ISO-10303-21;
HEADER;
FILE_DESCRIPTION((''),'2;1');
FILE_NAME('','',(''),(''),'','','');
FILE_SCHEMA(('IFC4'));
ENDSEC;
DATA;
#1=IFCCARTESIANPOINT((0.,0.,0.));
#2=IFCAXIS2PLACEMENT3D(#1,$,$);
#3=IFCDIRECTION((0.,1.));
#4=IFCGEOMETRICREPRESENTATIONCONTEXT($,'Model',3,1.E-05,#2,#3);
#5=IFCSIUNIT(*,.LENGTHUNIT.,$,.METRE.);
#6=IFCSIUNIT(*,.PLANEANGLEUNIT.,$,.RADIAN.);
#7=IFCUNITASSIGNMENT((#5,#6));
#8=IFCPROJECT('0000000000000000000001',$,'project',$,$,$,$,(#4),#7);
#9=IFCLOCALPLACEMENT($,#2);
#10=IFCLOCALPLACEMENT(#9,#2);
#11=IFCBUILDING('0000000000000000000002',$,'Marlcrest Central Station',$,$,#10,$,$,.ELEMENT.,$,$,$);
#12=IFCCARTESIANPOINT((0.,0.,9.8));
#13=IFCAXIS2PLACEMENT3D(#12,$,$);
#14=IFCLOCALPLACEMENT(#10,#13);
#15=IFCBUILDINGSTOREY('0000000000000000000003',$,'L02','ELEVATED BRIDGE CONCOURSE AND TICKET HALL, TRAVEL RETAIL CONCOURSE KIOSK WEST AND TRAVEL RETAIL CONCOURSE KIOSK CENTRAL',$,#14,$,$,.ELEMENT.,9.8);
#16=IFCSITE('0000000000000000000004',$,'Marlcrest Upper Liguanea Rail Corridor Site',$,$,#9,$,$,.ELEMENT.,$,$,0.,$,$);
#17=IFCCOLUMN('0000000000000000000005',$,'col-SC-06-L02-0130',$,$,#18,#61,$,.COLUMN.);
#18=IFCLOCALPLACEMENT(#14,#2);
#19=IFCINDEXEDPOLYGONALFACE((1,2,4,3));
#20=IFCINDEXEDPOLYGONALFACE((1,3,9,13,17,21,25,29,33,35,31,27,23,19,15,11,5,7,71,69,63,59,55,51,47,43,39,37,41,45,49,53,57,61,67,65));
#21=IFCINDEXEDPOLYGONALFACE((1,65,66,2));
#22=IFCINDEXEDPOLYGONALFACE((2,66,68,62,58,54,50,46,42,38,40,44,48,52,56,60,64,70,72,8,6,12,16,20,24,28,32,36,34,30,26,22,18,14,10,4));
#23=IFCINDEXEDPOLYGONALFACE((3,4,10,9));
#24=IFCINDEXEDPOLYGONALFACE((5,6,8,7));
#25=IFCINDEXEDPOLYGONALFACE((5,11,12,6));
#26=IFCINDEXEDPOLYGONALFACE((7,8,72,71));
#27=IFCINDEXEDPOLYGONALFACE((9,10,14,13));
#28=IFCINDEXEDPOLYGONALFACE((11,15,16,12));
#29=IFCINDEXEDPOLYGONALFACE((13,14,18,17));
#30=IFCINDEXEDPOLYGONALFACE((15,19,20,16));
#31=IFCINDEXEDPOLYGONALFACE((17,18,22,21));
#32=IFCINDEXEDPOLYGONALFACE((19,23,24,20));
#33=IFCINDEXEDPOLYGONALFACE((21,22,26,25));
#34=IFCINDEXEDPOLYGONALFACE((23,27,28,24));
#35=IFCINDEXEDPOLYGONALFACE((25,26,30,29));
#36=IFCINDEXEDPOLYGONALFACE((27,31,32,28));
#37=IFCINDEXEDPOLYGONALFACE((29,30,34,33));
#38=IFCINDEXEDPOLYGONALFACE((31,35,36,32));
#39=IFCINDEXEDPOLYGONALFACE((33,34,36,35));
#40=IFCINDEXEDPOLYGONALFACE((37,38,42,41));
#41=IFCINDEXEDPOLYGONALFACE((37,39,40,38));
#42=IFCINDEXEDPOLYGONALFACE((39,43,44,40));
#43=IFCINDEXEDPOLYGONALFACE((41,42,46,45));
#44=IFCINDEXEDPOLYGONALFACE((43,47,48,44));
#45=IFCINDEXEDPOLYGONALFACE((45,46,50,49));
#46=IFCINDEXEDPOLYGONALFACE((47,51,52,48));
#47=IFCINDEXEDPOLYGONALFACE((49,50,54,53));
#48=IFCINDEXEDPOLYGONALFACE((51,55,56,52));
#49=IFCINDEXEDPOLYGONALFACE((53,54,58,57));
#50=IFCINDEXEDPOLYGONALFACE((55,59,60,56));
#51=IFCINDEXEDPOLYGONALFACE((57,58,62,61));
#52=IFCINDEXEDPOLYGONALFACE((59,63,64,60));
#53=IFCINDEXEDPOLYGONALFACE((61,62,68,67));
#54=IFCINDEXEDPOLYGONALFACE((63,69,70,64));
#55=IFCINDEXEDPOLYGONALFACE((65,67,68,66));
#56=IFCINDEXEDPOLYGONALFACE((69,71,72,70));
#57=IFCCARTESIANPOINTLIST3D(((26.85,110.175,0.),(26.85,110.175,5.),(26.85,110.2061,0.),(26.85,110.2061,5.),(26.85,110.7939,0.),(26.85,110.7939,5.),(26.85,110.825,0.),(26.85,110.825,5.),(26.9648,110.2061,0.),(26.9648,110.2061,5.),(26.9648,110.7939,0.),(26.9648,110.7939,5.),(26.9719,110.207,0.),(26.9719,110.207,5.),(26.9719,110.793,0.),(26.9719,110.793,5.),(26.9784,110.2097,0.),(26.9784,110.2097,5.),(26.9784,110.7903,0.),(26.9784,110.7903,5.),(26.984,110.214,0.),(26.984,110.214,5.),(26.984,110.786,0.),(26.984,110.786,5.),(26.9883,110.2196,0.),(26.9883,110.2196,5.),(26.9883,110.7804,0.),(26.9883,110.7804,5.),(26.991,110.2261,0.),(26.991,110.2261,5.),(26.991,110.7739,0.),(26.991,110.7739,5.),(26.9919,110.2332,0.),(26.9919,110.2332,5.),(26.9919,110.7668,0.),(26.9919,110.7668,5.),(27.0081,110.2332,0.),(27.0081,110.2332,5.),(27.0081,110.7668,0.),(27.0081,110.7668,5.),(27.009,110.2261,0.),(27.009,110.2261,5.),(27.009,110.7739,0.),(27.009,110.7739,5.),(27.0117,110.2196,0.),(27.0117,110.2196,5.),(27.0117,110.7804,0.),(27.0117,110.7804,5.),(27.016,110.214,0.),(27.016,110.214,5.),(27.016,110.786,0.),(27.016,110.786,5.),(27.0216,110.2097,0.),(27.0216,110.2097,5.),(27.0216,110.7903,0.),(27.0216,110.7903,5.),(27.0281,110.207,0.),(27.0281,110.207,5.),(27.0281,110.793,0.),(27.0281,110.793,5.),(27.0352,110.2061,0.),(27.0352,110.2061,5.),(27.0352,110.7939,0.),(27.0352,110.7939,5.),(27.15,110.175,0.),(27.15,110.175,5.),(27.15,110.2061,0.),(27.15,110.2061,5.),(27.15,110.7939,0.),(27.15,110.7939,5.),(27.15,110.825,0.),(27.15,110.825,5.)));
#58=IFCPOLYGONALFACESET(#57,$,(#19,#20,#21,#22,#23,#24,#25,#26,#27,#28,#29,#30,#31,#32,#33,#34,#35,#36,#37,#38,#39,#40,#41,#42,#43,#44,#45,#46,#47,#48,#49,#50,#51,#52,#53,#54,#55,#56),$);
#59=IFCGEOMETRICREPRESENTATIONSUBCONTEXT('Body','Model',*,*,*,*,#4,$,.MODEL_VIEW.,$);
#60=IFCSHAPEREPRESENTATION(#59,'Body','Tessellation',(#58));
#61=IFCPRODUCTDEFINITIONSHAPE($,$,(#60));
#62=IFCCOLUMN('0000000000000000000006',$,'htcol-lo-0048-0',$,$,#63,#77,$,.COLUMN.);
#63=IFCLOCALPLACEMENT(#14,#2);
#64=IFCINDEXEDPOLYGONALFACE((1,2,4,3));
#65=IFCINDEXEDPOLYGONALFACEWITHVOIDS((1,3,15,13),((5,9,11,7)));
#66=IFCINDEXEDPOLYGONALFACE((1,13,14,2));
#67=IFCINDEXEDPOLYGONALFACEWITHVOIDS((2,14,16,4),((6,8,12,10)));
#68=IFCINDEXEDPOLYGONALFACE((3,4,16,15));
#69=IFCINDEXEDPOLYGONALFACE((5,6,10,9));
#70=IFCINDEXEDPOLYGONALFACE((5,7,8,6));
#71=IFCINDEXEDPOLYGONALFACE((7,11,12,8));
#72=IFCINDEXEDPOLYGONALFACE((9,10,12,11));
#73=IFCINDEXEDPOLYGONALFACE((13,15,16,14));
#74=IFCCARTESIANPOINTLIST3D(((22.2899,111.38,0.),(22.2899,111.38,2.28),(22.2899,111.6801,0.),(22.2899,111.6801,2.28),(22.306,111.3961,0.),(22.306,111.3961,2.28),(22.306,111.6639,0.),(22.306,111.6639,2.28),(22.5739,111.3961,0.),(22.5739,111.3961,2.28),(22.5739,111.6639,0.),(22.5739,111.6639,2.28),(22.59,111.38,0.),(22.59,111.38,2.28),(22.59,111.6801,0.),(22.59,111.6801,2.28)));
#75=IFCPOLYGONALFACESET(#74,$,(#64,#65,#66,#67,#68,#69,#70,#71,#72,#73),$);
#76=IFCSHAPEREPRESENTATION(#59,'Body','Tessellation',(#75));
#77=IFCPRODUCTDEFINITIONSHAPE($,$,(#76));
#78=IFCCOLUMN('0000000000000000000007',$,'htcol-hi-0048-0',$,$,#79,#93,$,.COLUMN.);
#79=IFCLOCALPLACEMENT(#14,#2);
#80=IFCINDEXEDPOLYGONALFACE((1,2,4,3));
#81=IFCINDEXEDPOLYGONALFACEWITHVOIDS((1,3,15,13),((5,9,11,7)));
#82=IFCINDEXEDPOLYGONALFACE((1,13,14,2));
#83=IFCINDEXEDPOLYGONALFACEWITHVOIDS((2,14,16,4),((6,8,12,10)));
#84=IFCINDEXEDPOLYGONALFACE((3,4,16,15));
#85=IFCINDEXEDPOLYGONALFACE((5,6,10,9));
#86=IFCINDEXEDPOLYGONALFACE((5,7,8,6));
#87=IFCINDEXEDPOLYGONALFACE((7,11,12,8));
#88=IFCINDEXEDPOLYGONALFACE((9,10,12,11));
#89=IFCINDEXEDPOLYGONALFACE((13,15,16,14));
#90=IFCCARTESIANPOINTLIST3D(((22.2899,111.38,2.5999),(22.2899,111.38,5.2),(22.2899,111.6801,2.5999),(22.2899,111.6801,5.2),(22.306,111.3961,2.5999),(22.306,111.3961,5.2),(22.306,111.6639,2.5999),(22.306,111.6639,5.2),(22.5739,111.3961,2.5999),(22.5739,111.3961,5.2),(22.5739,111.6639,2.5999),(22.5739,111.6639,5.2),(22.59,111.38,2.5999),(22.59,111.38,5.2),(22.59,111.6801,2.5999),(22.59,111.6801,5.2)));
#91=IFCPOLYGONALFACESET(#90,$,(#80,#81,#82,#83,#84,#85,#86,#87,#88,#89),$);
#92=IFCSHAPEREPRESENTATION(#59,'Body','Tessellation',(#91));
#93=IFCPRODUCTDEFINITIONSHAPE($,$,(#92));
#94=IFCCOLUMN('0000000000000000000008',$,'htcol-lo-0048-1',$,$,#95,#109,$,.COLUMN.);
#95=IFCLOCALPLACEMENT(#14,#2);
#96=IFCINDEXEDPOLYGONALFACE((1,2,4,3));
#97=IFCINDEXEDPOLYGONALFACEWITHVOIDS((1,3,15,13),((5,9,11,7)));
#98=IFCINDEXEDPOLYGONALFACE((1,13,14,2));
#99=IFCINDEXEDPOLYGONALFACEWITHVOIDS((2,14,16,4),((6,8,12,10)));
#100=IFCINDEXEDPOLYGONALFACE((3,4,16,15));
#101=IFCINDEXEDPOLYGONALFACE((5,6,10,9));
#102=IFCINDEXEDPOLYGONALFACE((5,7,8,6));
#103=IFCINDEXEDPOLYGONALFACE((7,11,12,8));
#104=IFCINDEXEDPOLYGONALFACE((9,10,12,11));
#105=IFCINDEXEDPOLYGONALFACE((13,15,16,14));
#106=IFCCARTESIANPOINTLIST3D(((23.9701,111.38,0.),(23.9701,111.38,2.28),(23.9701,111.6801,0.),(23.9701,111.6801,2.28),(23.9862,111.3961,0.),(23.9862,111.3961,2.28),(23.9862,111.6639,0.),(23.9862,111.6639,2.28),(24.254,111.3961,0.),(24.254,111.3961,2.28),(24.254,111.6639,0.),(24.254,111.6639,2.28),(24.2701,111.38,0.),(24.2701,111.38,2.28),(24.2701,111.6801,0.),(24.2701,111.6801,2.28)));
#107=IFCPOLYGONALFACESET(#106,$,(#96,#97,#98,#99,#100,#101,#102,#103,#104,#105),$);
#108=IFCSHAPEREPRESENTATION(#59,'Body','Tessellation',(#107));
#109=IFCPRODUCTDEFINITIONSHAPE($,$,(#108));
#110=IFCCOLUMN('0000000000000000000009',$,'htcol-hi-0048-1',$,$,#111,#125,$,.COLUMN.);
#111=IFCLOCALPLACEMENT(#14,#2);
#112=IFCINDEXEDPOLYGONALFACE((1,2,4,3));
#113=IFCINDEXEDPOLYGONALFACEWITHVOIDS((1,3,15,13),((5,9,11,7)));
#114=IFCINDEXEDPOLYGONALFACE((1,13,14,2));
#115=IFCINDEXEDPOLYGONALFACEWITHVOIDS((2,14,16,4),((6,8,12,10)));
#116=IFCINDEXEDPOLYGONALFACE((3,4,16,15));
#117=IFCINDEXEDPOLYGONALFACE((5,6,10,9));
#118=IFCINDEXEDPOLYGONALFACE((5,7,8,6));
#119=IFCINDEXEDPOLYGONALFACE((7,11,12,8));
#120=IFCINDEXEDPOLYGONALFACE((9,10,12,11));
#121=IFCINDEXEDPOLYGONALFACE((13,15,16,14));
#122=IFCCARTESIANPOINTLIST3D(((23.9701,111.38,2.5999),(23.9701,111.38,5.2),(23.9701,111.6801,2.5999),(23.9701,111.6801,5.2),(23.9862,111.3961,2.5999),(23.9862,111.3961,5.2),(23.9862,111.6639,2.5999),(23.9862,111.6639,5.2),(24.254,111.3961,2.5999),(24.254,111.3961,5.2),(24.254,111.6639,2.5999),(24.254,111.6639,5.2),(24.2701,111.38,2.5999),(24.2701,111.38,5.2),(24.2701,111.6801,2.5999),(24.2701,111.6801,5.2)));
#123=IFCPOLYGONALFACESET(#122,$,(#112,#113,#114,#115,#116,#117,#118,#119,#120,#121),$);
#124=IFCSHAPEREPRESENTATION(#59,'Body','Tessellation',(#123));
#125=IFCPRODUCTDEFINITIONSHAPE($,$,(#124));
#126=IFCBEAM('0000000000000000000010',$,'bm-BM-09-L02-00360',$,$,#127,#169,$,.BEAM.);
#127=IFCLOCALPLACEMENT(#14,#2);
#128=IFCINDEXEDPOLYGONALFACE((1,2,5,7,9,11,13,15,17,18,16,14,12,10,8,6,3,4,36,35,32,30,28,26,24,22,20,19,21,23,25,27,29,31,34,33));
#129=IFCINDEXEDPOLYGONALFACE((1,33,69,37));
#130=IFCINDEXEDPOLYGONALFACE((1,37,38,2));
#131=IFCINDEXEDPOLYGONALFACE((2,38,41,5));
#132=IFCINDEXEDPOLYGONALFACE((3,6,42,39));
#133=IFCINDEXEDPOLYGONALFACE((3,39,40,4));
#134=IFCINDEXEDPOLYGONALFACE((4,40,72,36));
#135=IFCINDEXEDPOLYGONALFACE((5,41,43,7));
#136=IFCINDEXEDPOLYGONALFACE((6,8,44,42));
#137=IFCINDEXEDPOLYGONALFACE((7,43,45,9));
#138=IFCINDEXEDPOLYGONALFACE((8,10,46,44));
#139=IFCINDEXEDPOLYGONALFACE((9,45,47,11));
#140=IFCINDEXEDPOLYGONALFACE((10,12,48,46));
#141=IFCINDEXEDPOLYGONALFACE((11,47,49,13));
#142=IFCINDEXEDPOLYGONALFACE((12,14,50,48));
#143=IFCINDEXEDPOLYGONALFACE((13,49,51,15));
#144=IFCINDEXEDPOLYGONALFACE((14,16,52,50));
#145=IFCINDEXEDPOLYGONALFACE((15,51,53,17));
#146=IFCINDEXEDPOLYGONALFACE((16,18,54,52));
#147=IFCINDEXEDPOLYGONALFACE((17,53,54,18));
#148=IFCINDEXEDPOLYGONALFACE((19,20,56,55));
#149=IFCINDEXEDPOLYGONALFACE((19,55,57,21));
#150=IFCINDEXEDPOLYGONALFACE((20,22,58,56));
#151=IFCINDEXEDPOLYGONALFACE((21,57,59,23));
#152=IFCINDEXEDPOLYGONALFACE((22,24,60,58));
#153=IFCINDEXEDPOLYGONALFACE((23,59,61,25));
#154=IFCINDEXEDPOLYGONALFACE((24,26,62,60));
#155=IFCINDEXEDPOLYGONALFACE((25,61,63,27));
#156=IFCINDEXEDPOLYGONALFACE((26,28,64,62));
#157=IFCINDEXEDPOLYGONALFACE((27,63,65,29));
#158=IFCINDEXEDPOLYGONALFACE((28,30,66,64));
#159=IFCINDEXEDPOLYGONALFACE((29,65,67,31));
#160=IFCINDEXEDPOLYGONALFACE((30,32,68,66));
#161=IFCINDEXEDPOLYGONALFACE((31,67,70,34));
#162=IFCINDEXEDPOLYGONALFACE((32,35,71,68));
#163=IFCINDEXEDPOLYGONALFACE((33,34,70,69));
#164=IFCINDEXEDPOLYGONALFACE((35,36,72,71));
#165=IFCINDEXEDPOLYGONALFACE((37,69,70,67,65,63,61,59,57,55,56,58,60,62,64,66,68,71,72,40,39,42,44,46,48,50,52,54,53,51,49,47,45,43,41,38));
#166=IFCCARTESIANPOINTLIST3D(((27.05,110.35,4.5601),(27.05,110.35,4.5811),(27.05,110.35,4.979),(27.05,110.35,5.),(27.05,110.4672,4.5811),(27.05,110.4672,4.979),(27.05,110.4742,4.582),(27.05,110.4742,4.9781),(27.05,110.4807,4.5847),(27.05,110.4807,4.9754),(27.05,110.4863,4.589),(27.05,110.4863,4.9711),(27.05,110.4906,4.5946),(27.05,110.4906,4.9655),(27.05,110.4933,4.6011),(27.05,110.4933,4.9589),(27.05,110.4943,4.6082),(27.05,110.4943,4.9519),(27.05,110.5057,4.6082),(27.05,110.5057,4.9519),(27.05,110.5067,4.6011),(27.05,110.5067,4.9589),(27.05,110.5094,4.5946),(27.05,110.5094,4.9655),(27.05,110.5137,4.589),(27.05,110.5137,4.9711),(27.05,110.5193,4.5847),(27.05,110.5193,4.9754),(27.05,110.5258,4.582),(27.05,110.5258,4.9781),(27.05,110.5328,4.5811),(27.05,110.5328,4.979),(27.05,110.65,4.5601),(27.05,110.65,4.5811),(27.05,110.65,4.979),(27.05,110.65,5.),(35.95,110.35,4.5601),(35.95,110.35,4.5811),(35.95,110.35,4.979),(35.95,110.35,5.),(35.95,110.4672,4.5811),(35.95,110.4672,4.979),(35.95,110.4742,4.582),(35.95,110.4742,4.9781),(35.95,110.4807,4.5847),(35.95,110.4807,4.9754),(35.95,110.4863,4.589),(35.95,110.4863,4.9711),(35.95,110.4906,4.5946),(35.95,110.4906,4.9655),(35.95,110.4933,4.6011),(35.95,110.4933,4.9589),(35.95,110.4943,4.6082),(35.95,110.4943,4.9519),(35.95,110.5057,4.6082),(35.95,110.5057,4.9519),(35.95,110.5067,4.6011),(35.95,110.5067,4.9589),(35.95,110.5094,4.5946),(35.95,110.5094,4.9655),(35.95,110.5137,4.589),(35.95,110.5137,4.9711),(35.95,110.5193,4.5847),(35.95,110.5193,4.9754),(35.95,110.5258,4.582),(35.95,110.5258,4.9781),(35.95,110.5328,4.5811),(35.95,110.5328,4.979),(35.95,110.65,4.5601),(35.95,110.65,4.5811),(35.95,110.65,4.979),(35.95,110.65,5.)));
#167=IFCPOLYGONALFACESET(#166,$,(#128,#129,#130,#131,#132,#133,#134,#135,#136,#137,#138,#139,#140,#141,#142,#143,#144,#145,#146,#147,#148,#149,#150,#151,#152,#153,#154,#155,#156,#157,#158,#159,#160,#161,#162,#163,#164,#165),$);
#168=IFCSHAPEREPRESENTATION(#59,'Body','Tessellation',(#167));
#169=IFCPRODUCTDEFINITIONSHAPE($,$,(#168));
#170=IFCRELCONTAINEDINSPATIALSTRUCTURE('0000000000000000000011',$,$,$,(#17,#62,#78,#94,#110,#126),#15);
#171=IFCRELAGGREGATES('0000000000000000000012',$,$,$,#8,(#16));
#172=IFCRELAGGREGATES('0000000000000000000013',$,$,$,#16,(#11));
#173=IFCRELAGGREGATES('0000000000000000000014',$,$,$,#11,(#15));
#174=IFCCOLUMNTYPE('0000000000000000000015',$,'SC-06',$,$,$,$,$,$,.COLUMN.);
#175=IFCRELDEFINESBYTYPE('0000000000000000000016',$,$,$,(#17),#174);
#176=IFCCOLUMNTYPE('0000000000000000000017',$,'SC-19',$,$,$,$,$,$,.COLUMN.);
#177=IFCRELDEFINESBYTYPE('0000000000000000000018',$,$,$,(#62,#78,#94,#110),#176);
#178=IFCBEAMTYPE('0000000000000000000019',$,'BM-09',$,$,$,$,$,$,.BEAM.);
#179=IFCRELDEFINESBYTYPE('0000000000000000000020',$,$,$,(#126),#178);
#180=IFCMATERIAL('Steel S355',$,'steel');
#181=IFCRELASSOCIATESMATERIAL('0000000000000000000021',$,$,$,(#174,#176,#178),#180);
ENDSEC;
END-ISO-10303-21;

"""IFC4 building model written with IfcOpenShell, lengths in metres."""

from ifc_helpers import new_model, si_unit, direction, frame, origin, origin_2d, place, context, subcontext, project, spatial, hollow_rectangle, i_section, extrude, material, material_profile, profile_set, type_object, element, save


model = new_model("IFC4")

# Units and contexts
model_context = context("Model", 3, precision=1e-05, world=origin(), true_north=direction((0.0, 1.0)))
body_context = subcontext(model_context, "Body", "Model", "MODEL_VIEW")
ifc_project = project(units=[si_unit("LENGTHUNIT", "METRE"), si_unit("PLANEANGLEUNIT", "RADIAN")], contexts=[model_context])

# Site, building, storey
site_placement = place(None, origin())
site = spatial("IfcSite", under=ifc_project, at=site_placement, Name="Marlcrest Upper Liguanea Rail Corridor Site", CompositionType="ELEMENT", RefElevation=0.0)
building_placement = place(site_placement, origin())
building = spatial("IfcBuilding", under=site, at=building_placement, Name="Marlcrest Central Station", CompositionType="ELEMENT")
storey_placement = place(building_placement, frame((0.0, 0.0, 9.8)))
storey = spatial("IfcBuildingStorey", under=building, at=storey_placement, Name="L02", Description="ELEVATED BRIDGE CONCOURSE AND TICKET HALL, TRAVEL RETAIL CONCOURSE KIOSK WEST AND TRAVEL RETAIL CONCOURSE KIOSK CENTRAL", CompositionType="ELEMENT", Elevation=9.8)

# Columns
ifc_material_1 = material(Name="Steel S355", Category="steel")
ifc_material_profile_1 = material_profile(ifc_material_1, i_section(OverallWidth=0.3, OverallDepth=0.6499, WebThickness=0.0161, FlangeThickness=0.031, FilletRadius=0.0271, at=origin_2d()), Name="HEB 650")
ifc_profile_set_1 = profile_set([ifc_material_profile_1], Name="Steel S355")
column_type_1 = type_object("IfcColumnType", Name="SC-06", PredefinedType="COLUMN", material=ifc_profile_set_1)
column_1_placement = place(storey_placement, frame((27.0, 110.5, 0.0), z_axis=(0.0, 0.0, 1.0), x_axis=(1.0, 0.0, 0.0)))
element("IfcColumn", 1, at=column_1_placement, inside=storey, type_object=column_type_1, Name="col-SC-06-L02-0130", PredefinedType="COLUMN", context=body_context, shape_type="SweptSolid", body=[
    extrude(i_section(OverallWidth=0.3, OverallDepth=0.6499, WebThickness=0.0161, FlangeThickness=0.031, FilletRadius=0.0271, at=origin_2d()), origin(), (0.0, 0.0, 1.0), 5.0),
])
ifc_material_profile_2 = material_profile(ifc_material_1, hollow_rectangle(XDim=0.3, YDim=0.3, WallThickness=0.0161, at=origin_2d()), Name="SHS 300x300x16")
ifc_profile_set_2 = profile_set([ifc_material_profile_2], Name="Steel S355")
column_type_2 = type_object("IfcColumnType", Name="SC-19", PredefinedType="COLUMN", material=ifc_profile_set_2)
column_2_placement = place(storey_placement, frame((22.4399, 111.53, 0.0), z_axis=(0.0, 0.0, 1.0), x_axis=(1.0, 0.0, 0.0)))
element("IfcColumn", 2, at=column_2_placement, inside=storey, type_object=column_type_2, Name="htcol-lo-0048-0", PredefinedType="COLUMN", context=body_context, shape_type="SweptSolid", body=[
    extrude(hollow_rectangle(XDim=0.3, YDim=0.3, WallThickness=0.0161, at=origin_2d()), origin(), (0.0, 0.0, 1.0), 2.28),
])
column_3_placement = place(storey_placement, frame((22.4399, 111.53, 2.5999), z_axis=(0.0, 0.0, 1.0), x_axis=(1.0, 0.0, 0.0)))
element("IfcColumn", 3, at=column_3_placement, inside=storey, type_object=column_type_2, Name="htcol-hi-0048-0", PredefinedType="COLUMN", context=body_context, shape_type="SweptSolid", body=[
    extrude(hollow_rectangle(XDim=0.3, YDim=0.3, WallThickness=0.0161, at=origin_2d()), origin(), (0.0, 0.0, 1.0), 2.6001),
])
column_4_placement = place(storey_placement, frame((24.1201, 111.53, 0.0), z_axis=(0.0, 0.0, 1.0), x_axis=(1.0, 0.0, 0.0)))
element("IfcColumn", 4, at=column_4_placement, inside=storey, type_object=column_type_2, Name="htcol-lo-0048-1", PredefinedType="COLUMN", context=body_context, shape_type="SweptSolid", body=[
    extrude(hollow_rectangle(XDim=0.3, YDim=0.3, WallThickness=0.0161, at=origin_2d()), origin(), (0.0, 0.0, 1.0), 2.28),
])
column_5_placement = place(storey_placement, frame((24.1201, 111.53, 2.5999), z_axis=(0.0, 0.0, 1.0), x_axis=(1.0, 0.0, 0.0)))
element("IfcColumn", 5, at=column_5_placement, inside=storey, type_object=column_type_2, Name="htcol-hi-0048-1", PredefinedType="COLUMN", context=body_context, shape_type="SweptSolid", body=[
    extrude(hollow_rectangle(XDim=0.3, YDim=0.3, WallThickness=0.0161, at=origin_2d()), origin(), (0.0, 0.0, 1.0), 2.6001),
])

# Beam
ifc_material_profile_3 = material_profile(ifc_material_1, i_section(OverallWidth=0.3, OverallDepth=0.4399, WebThickness=0.0115, FlangeThickness=0.021, FilletRadius=0.0271, at=origin_2d()), Name="HEA 450")
ifc_profile_set_3 = profile_set([ifc_material_profile_3], Name="Steel S355")
beam_type_1 = type_object("IfcBeamType", Name="BM-09", PredefinedType="BEAM", material=ifc_profile_set_3)
beam_1_placement = place(storey_placement, frame((27.05, 110.5, 4.78), z_axis=(1.0, 0.0, 0.0), x_axis=(0.0, 1.0, 0.0)))
element("IfcBeam", 6, at=beam_1_placement, inside=storey, type_object=beam_type_1, Name="bm-BM-09-L02-00360", PredefinedType="BEAM", context=body_context, shape_type="SweptSolid", body=[
    extrude(i_section(OverallWidth=0.3, OverallDepth=0.4399, WebThickness=0.0115, FlangeThickness=0.021, FilletRadius=0.0271, at=origin_2d()), origin(), (0.0, 0.0, 1.0), 8.8999),
])

save(model, "model.ifc")
